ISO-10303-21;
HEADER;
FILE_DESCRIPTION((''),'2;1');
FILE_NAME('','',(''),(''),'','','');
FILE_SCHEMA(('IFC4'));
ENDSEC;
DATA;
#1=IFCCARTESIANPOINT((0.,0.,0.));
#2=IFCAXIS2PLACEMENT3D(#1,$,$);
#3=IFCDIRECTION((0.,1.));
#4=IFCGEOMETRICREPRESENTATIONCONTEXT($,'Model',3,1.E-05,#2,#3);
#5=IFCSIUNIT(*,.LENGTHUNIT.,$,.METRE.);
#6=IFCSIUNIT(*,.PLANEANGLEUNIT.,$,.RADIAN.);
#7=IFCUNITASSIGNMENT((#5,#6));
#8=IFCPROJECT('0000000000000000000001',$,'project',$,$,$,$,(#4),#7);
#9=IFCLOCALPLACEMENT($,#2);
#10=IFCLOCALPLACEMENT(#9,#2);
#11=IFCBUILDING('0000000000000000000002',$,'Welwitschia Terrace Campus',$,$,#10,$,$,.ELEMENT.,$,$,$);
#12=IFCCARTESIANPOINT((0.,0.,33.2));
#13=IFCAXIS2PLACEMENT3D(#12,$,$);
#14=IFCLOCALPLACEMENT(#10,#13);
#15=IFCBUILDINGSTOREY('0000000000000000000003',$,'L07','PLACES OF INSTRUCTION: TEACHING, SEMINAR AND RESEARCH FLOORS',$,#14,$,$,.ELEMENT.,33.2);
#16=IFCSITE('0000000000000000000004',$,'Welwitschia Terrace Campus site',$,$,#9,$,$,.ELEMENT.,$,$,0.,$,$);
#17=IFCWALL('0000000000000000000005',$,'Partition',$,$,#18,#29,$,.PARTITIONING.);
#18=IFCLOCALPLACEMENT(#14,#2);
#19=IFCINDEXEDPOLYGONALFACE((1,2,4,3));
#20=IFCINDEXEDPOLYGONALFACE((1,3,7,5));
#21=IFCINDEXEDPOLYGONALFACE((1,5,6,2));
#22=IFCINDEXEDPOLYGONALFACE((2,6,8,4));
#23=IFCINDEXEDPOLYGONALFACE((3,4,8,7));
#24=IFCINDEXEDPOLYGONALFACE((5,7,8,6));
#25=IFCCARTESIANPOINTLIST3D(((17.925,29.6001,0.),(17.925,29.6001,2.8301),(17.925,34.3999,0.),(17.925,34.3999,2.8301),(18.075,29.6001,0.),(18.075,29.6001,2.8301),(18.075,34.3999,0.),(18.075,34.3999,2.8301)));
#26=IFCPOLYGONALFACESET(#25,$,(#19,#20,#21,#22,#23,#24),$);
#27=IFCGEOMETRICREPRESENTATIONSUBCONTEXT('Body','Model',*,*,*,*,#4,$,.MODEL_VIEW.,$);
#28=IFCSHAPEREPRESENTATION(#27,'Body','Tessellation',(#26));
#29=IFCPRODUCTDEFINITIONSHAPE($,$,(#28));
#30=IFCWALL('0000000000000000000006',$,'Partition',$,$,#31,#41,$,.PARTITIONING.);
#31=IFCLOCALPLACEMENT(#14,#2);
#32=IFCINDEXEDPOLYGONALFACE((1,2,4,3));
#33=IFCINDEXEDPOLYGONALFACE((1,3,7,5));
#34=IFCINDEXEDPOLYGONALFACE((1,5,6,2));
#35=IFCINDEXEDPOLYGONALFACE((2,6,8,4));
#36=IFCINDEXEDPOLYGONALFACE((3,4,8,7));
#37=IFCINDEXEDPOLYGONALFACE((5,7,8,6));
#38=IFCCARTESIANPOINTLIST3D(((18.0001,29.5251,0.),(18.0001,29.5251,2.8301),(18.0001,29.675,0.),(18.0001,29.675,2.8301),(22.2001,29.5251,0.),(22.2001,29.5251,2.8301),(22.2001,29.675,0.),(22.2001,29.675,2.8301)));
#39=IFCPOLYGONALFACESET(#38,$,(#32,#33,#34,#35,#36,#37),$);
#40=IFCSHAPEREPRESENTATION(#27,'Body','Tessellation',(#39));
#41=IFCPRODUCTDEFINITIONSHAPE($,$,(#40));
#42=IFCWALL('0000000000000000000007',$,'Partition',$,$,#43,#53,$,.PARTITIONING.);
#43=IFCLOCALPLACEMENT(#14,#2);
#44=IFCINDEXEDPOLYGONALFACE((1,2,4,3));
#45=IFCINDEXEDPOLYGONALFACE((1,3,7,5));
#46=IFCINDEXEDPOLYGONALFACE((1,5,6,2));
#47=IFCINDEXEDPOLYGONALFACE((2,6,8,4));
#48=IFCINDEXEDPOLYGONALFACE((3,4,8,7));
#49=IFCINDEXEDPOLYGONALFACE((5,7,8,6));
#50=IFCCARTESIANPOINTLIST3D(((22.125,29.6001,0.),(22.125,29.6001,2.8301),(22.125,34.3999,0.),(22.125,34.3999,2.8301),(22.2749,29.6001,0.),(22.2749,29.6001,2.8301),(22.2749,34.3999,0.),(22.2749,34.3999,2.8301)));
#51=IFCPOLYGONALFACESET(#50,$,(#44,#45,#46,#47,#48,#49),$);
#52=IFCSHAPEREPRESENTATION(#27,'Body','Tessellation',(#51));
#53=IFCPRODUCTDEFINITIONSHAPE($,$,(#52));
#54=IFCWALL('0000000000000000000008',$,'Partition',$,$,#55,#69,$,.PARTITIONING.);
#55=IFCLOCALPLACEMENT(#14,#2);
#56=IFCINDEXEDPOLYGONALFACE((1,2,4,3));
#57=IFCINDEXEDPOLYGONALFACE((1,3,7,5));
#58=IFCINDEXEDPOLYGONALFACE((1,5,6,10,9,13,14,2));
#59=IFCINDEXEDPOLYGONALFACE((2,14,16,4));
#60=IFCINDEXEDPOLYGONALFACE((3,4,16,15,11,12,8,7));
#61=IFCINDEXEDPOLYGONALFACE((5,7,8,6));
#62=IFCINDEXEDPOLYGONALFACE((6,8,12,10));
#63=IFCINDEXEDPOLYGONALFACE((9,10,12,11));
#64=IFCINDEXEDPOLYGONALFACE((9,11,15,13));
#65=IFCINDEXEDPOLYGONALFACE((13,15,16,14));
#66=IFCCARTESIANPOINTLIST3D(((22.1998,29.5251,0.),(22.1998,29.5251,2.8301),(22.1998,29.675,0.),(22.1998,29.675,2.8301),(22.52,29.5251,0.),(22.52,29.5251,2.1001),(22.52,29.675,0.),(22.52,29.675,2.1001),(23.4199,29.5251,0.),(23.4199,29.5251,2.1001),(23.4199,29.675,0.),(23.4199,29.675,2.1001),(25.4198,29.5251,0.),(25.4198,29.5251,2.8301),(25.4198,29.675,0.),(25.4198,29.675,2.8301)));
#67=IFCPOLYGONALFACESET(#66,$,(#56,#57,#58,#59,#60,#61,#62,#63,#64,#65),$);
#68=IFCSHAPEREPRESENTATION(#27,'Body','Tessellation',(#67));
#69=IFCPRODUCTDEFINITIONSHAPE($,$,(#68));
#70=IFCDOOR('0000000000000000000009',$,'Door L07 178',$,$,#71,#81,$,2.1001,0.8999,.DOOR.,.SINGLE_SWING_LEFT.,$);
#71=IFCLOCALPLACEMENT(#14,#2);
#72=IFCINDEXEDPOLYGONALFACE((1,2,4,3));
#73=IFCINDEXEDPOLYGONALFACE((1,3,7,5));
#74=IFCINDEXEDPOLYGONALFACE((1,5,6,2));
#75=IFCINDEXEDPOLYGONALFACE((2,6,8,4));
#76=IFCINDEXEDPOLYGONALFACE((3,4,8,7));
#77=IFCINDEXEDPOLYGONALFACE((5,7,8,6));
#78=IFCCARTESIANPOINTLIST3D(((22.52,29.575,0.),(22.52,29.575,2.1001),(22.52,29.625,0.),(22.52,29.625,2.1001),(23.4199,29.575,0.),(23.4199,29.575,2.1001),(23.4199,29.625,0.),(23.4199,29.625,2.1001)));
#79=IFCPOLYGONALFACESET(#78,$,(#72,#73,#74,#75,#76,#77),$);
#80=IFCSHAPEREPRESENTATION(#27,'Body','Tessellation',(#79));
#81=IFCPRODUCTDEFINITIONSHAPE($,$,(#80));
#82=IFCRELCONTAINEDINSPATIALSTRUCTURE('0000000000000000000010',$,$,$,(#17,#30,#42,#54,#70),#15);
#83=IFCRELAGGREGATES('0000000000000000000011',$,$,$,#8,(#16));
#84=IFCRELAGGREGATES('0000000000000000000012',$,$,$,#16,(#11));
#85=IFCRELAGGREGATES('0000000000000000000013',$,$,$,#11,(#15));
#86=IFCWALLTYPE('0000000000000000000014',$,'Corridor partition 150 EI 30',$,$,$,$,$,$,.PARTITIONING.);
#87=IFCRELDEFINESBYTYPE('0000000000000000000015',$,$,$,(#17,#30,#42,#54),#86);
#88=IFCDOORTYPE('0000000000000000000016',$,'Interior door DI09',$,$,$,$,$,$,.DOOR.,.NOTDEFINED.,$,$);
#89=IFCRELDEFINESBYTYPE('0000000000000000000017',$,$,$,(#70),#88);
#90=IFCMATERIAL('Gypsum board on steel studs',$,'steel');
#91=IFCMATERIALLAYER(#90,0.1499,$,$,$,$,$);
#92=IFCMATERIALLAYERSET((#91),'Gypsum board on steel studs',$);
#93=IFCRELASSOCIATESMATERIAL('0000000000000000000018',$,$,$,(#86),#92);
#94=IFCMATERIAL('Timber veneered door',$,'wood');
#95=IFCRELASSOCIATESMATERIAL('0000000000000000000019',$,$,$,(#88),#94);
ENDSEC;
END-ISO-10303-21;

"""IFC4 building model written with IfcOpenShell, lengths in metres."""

from ifc_helpers import new_model, si_unit, direction, frame, frame_2d, origin, place, context, subcontext, project, spatial, rectangle, extrude, material, layer, layer_set, type_object, element, fill, save


model = new_model("IFC4")

# Units and contexts
model_context = context("Model", 3, precision=1e-05, world=origin(), true_north=direction((0.0, 1.0)))
body_context = subcontext(model_context, "Body", "Model", "MODEL_VIEW")
ifc_project = project(units=[si_unit("LENGTHUNIT", "METRE"), si_unit("PLANEANGLEUNIT", "RADIAN")], contexts=[model_context])

# Site, building, storey
site_placement = place(None, origin())
site = spatial("IfcSite", under=ifc_project, at=site_placement, Name="Welwitschia Terrace Campus site", CompositionType="ELEMENT", RefElevation=0.0)
building_placement = place(site_placement, origin())
building = spatial("IfcBuilding", under=site, at=building_placement, Name="Welwitschia Terrace Campus", CompositionType="ELEMENT")
storey_placement = place(building_placement, frame((0.0, 0.0, 33.2)))
storey = spatial("IfcBuildingStorey", under=building, at=storey_placement, Name="L07", Description="PLACES OF INSTRUCTION: TEACHING, SEMINAR AND RESEARCH FLOORS", CompositionType="ELEMENT", Elevation=33.2)

# Walls
ifc_material_1 = material(Name="Gypsum board on steel studs", Category="steel")
ifc_layer_1 = layer(ifc_material_1, 0.1499)
ifc_layer_set_1 = layer_set([ifc_layer_1], Name="Gypsum board on steel studs")
wall_type = type_object("IfcWallType", Name="Corridor partition 150 EI 30", PredefinedType="PARTITIONING", material=ifc_layer_set_1)
wall_1_placement = place(storey_placement, frame((18.0, 29.6001, 0.0), z_axis=(0.0, 0.0, 1.0), x_axis=(0.0, 1.0, 0.0)))
element("IfcWall", 1, at=wall_1_placement, inside=storey, type_object=wall_type, Name="Partition", PredefinedType="PARTITIONING", context=body_context, shape_type="SweptSolid", body=[
    extrude(rectangle(XDim=4.7998, YDim=0.1499, at=frame_2d((2.3999, 0.0))), origin(), (0.0, 0.0, 1.0), 2.8301),
])
wall_2_placement = place(storey_placement, frame((18.0, 29.6001, 0.0), z_axis=(0.0, 0.0, 1.0), x_axis=(1.0, 0.0, 0.0)))
element("IfcWall", 2, at=wall_2_placement, inside=storey, type_object=wall_type, Name="Partition", PredefinedType="PARTITIONING", context=body_context, shape_type="SweptSolid", body=[
    extrude(rectangle(XDim=4.2, YDim=0.1499, at=frame_2d((2.1001, 0.0))), origin(), (0.0, 0.0, 1.0), 2.8301),
])
wall_3_placement = place(storey_placement, frame((22.2, 29.6001, 0.0), z_axis=(0.0, 0.0, 1.0), x_axis=(0.0, 1.0, 0.0)))
element("IfcWall", 3, at=wall_3_placement, inside=storey, type_object=wall_type, Name="Partition", PredefinedType="PARTITIONING", context=body_context, shape_type="SweptSolid", body=[
    extrude(rectangle(XDim=4.7998, YDim=0.1499, at=frame_2d((2.3999, 0.0))), origin(), (0.0, 0.0, 1.0), 2.8301),
])

# Wall, opening, door
wall_4_placement = place(storey_placement, frame((22.2, 29.6001, 0.0), z_axis=(0.0, 0.0, 1.0), x_axis=(1.0, 0.0, 0.0)))
wall_4 = element("IfcWall", 4, at=wall_4_placement, inside=storey, type_object=wall_type, Name="Partition", PredefinedType="PARTITIONING", context=body_context, shape_type="SweptSolid", body=[
    extrude(rectangle(XDim=3.22, YDim=0.1499, at=frame_2d((1.6099, 0.0))), origin(), (0.0, 0.0, 1.0), 2.8301),
])
opening_placement = place(wall_4_placement, frame((0.3201, 0.0, 0.0)))
opening = element("IfcOpeningElement", 5, at=opening_placement, cuts=wall_4, PredefinedType="OPENING", context=body_context, shape_type="SweptSolid", body=[
    extrude(rectangle(XDim=0.8999, YDim=2.1001, at=frame_2d((0.45, 1.05))), frame((0.0, 0.085, 0.0), z_axis=(0.0, -1.0, 0.0), x_axis=(1.0, 0.0, 0.0)), (0.0, 0.0, 1.0), 0.1699),
])
ifc_material_2 = material(Name="Timber veneered door", Category="wood")
door_type = type_object("IfcDoorType", Name="Interior door DI09", OperationType="NOTDEFINED", PredefinedType="DOOR", material=ifc_material_2)
door_placement = place(opening_placement, origin())
door = element("IfcDoor", 6, at=door_placement, inside=storey, type_object=door_type, Name="Door L07 178", OperationType="SINGLE_SWING_LEFT", OverallHeight=2.1001, OverallWidth=0.8999, PredefinedType="DOOR", context=body_context, shape_type="SweptSolid", body=[
    extrude(rectangle(XDim=0.8999, YDim=2.1001, at=frame_2d((0.45, 1.05))), frame((0.0, 0.0249, 0.0), z_axis=(0.0, -1.0, 0.0), x_axis=(1.0, 0.0, 0.0)), (0.0, 0.0, 1.0), 0.05),
])
fill(opening, door)

save(model, "model.ifc")
